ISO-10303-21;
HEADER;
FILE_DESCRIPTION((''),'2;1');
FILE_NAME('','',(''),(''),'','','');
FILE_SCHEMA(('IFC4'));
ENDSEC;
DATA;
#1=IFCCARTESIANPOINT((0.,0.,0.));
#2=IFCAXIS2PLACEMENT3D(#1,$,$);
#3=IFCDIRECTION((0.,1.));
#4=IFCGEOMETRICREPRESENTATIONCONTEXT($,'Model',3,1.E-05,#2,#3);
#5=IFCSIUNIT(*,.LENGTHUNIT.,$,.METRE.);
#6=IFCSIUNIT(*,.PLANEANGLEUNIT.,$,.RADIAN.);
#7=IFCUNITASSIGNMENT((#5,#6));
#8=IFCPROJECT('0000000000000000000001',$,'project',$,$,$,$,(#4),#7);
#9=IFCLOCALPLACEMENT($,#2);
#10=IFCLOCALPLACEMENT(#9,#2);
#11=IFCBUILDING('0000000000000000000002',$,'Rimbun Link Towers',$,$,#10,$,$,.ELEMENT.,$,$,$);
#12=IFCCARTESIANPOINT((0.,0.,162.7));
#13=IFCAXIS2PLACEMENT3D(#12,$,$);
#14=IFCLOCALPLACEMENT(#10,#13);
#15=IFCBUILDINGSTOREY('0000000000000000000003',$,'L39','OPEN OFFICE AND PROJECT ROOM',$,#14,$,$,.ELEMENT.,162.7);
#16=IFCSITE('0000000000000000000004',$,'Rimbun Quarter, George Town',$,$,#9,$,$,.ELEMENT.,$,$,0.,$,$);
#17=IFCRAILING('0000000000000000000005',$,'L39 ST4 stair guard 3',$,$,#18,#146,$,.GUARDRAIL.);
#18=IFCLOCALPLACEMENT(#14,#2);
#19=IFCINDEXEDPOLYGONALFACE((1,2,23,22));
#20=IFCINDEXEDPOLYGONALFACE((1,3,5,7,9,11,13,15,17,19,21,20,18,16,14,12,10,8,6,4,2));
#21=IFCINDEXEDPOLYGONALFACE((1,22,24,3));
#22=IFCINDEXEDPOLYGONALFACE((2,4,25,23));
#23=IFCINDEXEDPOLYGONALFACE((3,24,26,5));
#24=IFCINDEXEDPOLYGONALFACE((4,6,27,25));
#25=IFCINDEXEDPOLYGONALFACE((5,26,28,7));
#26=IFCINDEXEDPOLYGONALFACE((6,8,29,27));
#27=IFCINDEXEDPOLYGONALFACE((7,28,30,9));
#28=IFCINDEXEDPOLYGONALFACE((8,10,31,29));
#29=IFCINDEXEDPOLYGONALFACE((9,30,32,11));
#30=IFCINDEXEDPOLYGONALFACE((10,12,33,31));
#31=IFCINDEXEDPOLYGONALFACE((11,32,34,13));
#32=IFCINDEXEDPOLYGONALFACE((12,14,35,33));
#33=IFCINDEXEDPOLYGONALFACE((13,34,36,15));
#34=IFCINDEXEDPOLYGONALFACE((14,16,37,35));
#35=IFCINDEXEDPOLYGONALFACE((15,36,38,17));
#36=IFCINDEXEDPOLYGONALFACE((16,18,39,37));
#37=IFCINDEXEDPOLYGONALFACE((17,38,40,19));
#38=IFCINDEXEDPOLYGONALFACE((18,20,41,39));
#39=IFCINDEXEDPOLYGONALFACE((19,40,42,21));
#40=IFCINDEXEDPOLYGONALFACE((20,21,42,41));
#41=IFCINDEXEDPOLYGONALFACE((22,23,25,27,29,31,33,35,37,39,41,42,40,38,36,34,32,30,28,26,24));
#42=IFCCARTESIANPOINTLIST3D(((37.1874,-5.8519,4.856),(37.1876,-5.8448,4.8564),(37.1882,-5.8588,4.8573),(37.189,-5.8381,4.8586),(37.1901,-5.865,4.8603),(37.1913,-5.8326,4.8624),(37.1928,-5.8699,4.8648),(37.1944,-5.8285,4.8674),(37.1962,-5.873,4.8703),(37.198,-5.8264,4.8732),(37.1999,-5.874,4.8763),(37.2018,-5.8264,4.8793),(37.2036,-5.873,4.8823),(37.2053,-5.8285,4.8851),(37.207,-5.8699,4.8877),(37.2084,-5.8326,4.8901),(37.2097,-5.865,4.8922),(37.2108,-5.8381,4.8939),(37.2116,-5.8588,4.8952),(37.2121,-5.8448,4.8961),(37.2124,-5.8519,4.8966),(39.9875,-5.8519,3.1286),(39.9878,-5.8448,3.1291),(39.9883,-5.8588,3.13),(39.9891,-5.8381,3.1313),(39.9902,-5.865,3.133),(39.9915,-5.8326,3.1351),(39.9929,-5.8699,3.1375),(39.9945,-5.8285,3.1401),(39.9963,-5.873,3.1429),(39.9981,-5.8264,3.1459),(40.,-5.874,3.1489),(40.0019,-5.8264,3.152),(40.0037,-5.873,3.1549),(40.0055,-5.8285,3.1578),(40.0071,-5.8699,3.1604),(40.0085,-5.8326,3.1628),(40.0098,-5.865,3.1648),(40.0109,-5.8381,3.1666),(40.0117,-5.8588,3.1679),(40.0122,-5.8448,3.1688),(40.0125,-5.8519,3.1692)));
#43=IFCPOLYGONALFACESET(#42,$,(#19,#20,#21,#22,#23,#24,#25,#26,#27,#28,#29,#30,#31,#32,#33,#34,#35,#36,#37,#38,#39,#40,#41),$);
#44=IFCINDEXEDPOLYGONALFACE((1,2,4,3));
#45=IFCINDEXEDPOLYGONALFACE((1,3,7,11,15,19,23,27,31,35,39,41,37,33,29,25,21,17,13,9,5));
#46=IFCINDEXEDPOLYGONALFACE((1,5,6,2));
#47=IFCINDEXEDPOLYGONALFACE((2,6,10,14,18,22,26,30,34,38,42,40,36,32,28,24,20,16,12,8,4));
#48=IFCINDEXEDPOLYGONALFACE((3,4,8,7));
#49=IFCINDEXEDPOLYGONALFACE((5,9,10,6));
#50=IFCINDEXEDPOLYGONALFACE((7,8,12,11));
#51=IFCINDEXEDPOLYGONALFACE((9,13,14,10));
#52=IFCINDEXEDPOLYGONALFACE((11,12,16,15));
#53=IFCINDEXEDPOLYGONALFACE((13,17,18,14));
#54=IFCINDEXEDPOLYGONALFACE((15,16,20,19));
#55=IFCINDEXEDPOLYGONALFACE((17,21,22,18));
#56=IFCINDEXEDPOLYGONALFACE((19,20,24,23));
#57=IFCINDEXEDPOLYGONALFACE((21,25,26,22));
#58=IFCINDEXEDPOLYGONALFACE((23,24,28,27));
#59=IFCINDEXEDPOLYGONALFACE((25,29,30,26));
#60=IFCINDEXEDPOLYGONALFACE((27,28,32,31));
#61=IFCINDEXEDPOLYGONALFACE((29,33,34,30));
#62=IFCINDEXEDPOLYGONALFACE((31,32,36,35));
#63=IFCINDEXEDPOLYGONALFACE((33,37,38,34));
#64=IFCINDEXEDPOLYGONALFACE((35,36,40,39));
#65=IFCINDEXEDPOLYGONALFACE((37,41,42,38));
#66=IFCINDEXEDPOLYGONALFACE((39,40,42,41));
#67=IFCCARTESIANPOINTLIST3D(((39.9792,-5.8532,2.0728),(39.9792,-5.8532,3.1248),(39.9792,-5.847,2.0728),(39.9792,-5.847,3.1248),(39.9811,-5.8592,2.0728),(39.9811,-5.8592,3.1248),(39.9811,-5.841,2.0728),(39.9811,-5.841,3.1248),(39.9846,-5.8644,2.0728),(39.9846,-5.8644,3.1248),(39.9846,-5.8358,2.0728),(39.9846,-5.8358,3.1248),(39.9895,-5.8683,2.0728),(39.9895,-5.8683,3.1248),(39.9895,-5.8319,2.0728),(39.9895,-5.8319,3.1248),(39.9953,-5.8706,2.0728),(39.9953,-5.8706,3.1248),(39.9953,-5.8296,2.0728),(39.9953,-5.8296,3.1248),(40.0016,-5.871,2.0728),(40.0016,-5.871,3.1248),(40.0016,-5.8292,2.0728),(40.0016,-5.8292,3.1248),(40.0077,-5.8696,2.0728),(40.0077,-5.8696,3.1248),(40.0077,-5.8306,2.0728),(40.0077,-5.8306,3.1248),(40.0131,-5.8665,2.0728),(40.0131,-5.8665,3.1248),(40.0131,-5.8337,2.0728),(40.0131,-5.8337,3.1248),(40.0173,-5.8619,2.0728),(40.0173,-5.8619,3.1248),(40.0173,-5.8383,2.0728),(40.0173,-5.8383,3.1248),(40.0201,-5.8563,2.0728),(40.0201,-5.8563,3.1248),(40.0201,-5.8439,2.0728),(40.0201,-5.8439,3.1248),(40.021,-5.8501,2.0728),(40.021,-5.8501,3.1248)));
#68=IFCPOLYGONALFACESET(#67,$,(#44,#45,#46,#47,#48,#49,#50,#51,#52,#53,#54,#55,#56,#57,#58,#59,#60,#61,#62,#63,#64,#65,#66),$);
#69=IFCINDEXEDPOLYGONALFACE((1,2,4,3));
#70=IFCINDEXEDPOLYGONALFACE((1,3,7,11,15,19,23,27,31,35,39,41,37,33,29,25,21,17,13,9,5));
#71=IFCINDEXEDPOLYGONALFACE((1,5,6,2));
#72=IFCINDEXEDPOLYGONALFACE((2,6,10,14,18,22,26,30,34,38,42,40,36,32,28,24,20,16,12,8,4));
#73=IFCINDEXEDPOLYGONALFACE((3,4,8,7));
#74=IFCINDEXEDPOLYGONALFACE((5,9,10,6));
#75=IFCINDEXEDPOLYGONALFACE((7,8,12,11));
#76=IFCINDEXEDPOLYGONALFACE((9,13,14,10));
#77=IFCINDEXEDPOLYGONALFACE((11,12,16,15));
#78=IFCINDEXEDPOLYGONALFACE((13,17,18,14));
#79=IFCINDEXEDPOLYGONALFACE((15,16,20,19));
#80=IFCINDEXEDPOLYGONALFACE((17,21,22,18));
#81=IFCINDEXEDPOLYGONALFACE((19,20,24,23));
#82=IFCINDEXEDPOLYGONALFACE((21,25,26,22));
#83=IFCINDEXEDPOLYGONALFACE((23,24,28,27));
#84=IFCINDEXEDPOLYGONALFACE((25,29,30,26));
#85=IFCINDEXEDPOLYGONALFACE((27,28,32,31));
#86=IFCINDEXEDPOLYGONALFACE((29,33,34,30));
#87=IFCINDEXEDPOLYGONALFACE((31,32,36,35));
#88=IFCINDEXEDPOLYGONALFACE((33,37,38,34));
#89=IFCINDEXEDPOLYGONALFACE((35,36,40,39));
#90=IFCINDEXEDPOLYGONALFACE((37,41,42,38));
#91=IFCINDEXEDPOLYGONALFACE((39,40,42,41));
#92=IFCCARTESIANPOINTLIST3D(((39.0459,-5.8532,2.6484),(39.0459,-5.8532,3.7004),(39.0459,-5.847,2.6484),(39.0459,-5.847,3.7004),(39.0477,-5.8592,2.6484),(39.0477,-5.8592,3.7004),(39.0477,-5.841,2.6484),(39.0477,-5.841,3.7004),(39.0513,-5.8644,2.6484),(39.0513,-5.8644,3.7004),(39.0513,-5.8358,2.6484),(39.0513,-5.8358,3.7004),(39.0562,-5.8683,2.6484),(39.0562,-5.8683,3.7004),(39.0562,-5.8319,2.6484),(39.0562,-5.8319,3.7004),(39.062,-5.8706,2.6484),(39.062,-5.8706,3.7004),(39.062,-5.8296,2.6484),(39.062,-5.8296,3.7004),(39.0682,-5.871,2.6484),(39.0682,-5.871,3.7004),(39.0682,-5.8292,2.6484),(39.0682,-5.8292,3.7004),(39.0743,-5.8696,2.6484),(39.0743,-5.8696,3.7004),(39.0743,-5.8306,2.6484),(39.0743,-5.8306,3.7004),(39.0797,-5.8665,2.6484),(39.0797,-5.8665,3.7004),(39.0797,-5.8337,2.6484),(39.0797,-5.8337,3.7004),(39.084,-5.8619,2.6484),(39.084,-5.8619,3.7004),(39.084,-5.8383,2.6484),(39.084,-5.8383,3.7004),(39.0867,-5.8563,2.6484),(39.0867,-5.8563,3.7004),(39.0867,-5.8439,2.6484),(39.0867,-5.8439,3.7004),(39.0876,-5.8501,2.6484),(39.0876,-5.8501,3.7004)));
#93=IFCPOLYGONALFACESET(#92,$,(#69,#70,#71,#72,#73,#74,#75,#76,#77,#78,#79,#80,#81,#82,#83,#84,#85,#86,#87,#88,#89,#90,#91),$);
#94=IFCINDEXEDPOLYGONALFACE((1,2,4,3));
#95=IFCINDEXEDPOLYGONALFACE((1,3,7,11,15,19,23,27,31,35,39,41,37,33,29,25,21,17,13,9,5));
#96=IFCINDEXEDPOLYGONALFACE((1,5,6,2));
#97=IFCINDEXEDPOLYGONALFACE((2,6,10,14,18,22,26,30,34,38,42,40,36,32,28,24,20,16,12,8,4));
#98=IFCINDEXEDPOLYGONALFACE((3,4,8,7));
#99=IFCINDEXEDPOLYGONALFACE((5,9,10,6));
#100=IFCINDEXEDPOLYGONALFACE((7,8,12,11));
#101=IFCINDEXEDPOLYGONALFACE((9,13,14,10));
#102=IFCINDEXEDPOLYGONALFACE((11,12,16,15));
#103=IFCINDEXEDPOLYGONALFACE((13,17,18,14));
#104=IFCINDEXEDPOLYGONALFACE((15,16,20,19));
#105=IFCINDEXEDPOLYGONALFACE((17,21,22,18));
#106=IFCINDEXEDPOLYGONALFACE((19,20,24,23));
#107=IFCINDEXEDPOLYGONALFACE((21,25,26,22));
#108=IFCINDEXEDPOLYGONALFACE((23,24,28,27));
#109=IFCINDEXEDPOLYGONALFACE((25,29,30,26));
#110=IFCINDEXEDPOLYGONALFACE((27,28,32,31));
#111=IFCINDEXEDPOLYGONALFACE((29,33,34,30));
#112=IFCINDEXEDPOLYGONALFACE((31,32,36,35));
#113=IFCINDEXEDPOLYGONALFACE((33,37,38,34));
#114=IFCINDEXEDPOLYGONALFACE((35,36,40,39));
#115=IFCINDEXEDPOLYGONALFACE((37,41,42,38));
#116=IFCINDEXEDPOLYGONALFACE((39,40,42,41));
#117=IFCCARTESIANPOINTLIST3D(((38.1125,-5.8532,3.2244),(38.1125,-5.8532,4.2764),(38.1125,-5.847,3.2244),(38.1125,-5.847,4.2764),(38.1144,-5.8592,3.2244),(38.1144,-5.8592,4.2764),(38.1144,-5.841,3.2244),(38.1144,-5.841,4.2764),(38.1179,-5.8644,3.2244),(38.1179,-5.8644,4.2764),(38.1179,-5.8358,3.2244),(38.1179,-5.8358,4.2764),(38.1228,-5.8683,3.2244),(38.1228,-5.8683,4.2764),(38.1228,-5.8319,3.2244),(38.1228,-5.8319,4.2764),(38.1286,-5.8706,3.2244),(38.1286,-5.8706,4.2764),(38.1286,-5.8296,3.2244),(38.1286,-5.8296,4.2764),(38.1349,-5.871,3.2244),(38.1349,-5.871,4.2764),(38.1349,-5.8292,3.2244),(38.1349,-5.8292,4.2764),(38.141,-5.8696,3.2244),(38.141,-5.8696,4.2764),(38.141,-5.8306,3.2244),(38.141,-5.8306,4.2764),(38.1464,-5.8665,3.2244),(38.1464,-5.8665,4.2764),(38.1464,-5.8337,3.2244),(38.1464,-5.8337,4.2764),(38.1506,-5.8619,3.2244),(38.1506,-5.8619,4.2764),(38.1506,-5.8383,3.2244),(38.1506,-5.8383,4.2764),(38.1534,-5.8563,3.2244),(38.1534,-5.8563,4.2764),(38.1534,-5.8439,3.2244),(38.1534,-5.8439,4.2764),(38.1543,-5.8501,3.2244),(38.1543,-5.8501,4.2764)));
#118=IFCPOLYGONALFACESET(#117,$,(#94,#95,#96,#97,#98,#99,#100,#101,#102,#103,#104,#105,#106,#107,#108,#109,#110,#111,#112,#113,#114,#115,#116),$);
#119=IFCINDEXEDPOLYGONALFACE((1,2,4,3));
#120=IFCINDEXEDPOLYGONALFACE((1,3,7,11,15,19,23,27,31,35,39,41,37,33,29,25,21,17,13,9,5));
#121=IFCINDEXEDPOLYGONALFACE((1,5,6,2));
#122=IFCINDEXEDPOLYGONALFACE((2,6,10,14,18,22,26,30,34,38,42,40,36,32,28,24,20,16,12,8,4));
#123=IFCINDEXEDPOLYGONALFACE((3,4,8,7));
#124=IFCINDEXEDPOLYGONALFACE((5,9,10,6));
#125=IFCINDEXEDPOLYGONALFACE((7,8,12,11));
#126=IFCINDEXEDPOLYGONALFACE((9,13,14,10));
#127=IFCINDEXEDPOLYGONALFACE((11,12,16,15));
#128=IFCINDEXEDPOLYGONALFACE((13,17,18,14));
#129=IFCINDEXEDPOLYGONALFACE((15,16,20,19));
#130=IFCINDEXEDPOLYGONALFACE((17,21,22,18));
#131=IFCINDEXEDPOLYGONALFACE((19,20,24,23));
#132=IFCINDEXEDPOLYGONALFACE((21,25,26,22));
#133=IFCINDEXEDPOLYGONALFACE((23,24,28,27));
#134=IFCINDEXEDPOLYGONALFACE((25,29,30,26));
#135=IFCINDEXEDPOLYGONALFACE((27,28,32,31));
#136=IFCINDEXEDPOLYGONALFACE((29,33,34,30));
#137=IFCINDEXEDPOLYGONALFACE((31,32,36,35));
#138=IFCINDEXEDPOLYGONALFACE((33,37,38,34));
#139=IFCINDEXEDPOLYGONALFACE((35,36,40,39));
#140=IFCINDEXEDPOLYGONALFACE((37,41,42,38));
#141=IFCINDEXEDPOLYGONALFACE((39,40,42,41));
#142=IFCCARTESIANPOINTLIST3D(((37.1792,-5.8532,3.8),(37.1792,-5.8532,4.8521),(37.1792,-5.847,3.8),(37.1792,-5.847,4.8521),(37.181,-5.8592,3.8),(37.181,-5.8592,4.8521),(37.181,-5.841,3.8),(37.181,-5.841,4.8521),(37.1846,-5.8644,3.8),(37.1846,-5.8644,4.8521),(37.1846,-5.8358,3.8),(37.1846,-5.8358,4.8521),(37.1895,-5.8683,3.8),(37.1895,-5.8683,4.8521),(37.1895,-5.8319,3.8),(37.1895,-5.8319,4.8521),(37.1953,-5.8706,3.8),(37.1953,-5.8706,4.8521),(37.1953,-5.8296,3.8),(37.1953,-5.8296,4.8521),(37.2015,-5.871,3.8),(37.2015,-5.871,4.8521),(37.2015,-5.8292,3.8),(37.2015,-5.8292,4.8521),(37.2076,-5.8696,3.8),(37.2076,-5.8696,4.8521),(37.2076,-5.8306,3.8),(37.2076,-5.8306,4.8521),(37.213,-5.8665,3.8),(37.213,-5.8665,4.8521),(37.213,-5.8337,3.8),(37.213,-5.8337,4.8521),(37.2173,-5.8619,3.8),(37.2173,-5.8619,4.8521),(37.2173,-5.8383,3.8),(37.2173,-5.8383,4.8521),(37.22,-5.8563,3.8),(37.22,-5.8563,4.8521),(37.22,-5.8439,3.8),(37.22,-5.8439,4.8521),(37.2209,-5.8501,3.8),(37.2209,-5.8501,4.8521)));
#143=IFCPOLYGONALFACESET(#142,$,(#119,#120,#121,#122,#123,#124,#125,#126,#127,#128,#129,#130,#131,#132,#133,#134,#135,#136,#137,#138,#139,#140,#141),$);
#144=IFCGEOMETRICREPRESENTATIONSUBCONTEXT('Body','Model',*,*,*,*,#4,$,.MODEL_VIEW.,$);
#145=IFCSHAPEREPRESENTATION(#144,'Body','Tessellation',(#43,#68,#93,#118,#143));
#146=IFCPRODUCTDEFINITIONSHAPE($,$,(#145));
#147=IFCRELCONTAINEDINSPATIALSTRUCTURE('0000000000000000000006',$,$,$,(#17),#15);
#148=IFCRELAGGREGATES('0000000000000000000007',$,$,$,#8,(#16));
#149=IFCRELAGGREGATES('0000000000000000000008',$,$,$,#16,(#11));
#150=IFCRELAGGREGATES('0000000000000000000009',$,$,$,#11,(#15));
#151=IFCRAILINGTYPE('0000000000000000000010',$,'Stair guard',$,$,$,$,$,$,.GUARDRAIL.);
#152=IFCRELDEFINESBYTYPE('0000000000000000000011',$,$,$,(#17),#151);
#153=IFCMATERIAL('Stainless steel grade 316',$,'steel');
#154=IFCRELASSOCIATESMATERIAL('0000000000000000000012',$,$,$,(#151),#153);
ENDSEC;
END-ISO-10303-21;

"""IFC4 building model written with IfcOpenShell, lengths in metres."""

from ifc_helpers import new_model, si_unit, direction, frame, origin, origin_2d, place, context, subcontext, project, spatial, circle, extrude, material, type_object, element, save


model = new_model("IFC4")

# Units and contexts
model_context = context("Model", 3, precision=1e-05, world=origin(), true_north=direction((0.0, 1.0)))
body_context = subcontext(model_context, "Body", "Model", "MODEL_VIEW")
ifc_project = project(units=[si_unit("LENGTHUNIT", "METRE"), si_unit("PLANEANGLEUNIT", "RADIAN")], contexts=[model_context])

# Site, building, storey
site_placement = place(None, origin())
site = spatial("IfcSite", under=ifc_project, at=site_placement, Name="Rimbun Quarter, George Town", CompositionType="ELEMENT", RefElevation=0.0)
building_placement = place(site_placement, origin())
building = spatial("IfcBuilding", under=site, at=building_placement, Name="Rimbun Link Towers", CompositionType="ELEMENT")
storey_placement = place(building_placement, frame((0.0, 0.0, 162.7)))
storey = spatial("IfcBuildingStorey", under=building, at=storey_placement, Name="L39", Description="OPEN OFFICE AND PROJECT ROOM", CompositionType="ELEMENT", Elevation=162.7)

# Railing
ifc_material_1 = material(Name="Stainless steel grade 316", Category="steel")
railing_type_1 = type_object("IfcRailingType", Name="Stair guard", PredefinedType="GUARDRAIL", material=ifc_material_1)
railing_1_placement = place(storey_placement, frame((40.0, -5.8501, 2.0728)))
element("IfcRailing", 1, at=railing_1_placement, inside=storey, type_object=railing_type_1, Name="L39 ST4 stair guard 3", PredefinedType="GUARDRAIL", context=body_context, shape_type="SweptSolid", body=[
    extrude(circle(Radius=0.0239, at=origin_2d()), frame((0.0, 0.0, 1.0762), z_axis=(-0.85109, 0.0, 0.52502), x_axis=(0.0, -1.0, 0.0)), (0.0, 0.0, 1.0), 3.29),
    extrude(circle(Radius=0.021, at=origin_2d()), origin(), (0.0, 0.0, 1.0), 1.052),
    extrude(circle(Radius=0.021, at=origin_2d()), frame((-0.9333, 0.0, 0.5757)), (0.0, 0.0, 1.0), 1.052),
    extrude(circle(Radius=0.021, at=origin_2d()), frame((-1.8667, 0.0, 1.1516)), (0.0, 0.0, 1.0), 1.052),
    extrude(circle(Radius=0.021, at=origin_2d()), frame((-2.8, 0.0, 1.7273)), (0.0, 0.0, 1.0), 1.052),
])

save(model, "model.ifc")
